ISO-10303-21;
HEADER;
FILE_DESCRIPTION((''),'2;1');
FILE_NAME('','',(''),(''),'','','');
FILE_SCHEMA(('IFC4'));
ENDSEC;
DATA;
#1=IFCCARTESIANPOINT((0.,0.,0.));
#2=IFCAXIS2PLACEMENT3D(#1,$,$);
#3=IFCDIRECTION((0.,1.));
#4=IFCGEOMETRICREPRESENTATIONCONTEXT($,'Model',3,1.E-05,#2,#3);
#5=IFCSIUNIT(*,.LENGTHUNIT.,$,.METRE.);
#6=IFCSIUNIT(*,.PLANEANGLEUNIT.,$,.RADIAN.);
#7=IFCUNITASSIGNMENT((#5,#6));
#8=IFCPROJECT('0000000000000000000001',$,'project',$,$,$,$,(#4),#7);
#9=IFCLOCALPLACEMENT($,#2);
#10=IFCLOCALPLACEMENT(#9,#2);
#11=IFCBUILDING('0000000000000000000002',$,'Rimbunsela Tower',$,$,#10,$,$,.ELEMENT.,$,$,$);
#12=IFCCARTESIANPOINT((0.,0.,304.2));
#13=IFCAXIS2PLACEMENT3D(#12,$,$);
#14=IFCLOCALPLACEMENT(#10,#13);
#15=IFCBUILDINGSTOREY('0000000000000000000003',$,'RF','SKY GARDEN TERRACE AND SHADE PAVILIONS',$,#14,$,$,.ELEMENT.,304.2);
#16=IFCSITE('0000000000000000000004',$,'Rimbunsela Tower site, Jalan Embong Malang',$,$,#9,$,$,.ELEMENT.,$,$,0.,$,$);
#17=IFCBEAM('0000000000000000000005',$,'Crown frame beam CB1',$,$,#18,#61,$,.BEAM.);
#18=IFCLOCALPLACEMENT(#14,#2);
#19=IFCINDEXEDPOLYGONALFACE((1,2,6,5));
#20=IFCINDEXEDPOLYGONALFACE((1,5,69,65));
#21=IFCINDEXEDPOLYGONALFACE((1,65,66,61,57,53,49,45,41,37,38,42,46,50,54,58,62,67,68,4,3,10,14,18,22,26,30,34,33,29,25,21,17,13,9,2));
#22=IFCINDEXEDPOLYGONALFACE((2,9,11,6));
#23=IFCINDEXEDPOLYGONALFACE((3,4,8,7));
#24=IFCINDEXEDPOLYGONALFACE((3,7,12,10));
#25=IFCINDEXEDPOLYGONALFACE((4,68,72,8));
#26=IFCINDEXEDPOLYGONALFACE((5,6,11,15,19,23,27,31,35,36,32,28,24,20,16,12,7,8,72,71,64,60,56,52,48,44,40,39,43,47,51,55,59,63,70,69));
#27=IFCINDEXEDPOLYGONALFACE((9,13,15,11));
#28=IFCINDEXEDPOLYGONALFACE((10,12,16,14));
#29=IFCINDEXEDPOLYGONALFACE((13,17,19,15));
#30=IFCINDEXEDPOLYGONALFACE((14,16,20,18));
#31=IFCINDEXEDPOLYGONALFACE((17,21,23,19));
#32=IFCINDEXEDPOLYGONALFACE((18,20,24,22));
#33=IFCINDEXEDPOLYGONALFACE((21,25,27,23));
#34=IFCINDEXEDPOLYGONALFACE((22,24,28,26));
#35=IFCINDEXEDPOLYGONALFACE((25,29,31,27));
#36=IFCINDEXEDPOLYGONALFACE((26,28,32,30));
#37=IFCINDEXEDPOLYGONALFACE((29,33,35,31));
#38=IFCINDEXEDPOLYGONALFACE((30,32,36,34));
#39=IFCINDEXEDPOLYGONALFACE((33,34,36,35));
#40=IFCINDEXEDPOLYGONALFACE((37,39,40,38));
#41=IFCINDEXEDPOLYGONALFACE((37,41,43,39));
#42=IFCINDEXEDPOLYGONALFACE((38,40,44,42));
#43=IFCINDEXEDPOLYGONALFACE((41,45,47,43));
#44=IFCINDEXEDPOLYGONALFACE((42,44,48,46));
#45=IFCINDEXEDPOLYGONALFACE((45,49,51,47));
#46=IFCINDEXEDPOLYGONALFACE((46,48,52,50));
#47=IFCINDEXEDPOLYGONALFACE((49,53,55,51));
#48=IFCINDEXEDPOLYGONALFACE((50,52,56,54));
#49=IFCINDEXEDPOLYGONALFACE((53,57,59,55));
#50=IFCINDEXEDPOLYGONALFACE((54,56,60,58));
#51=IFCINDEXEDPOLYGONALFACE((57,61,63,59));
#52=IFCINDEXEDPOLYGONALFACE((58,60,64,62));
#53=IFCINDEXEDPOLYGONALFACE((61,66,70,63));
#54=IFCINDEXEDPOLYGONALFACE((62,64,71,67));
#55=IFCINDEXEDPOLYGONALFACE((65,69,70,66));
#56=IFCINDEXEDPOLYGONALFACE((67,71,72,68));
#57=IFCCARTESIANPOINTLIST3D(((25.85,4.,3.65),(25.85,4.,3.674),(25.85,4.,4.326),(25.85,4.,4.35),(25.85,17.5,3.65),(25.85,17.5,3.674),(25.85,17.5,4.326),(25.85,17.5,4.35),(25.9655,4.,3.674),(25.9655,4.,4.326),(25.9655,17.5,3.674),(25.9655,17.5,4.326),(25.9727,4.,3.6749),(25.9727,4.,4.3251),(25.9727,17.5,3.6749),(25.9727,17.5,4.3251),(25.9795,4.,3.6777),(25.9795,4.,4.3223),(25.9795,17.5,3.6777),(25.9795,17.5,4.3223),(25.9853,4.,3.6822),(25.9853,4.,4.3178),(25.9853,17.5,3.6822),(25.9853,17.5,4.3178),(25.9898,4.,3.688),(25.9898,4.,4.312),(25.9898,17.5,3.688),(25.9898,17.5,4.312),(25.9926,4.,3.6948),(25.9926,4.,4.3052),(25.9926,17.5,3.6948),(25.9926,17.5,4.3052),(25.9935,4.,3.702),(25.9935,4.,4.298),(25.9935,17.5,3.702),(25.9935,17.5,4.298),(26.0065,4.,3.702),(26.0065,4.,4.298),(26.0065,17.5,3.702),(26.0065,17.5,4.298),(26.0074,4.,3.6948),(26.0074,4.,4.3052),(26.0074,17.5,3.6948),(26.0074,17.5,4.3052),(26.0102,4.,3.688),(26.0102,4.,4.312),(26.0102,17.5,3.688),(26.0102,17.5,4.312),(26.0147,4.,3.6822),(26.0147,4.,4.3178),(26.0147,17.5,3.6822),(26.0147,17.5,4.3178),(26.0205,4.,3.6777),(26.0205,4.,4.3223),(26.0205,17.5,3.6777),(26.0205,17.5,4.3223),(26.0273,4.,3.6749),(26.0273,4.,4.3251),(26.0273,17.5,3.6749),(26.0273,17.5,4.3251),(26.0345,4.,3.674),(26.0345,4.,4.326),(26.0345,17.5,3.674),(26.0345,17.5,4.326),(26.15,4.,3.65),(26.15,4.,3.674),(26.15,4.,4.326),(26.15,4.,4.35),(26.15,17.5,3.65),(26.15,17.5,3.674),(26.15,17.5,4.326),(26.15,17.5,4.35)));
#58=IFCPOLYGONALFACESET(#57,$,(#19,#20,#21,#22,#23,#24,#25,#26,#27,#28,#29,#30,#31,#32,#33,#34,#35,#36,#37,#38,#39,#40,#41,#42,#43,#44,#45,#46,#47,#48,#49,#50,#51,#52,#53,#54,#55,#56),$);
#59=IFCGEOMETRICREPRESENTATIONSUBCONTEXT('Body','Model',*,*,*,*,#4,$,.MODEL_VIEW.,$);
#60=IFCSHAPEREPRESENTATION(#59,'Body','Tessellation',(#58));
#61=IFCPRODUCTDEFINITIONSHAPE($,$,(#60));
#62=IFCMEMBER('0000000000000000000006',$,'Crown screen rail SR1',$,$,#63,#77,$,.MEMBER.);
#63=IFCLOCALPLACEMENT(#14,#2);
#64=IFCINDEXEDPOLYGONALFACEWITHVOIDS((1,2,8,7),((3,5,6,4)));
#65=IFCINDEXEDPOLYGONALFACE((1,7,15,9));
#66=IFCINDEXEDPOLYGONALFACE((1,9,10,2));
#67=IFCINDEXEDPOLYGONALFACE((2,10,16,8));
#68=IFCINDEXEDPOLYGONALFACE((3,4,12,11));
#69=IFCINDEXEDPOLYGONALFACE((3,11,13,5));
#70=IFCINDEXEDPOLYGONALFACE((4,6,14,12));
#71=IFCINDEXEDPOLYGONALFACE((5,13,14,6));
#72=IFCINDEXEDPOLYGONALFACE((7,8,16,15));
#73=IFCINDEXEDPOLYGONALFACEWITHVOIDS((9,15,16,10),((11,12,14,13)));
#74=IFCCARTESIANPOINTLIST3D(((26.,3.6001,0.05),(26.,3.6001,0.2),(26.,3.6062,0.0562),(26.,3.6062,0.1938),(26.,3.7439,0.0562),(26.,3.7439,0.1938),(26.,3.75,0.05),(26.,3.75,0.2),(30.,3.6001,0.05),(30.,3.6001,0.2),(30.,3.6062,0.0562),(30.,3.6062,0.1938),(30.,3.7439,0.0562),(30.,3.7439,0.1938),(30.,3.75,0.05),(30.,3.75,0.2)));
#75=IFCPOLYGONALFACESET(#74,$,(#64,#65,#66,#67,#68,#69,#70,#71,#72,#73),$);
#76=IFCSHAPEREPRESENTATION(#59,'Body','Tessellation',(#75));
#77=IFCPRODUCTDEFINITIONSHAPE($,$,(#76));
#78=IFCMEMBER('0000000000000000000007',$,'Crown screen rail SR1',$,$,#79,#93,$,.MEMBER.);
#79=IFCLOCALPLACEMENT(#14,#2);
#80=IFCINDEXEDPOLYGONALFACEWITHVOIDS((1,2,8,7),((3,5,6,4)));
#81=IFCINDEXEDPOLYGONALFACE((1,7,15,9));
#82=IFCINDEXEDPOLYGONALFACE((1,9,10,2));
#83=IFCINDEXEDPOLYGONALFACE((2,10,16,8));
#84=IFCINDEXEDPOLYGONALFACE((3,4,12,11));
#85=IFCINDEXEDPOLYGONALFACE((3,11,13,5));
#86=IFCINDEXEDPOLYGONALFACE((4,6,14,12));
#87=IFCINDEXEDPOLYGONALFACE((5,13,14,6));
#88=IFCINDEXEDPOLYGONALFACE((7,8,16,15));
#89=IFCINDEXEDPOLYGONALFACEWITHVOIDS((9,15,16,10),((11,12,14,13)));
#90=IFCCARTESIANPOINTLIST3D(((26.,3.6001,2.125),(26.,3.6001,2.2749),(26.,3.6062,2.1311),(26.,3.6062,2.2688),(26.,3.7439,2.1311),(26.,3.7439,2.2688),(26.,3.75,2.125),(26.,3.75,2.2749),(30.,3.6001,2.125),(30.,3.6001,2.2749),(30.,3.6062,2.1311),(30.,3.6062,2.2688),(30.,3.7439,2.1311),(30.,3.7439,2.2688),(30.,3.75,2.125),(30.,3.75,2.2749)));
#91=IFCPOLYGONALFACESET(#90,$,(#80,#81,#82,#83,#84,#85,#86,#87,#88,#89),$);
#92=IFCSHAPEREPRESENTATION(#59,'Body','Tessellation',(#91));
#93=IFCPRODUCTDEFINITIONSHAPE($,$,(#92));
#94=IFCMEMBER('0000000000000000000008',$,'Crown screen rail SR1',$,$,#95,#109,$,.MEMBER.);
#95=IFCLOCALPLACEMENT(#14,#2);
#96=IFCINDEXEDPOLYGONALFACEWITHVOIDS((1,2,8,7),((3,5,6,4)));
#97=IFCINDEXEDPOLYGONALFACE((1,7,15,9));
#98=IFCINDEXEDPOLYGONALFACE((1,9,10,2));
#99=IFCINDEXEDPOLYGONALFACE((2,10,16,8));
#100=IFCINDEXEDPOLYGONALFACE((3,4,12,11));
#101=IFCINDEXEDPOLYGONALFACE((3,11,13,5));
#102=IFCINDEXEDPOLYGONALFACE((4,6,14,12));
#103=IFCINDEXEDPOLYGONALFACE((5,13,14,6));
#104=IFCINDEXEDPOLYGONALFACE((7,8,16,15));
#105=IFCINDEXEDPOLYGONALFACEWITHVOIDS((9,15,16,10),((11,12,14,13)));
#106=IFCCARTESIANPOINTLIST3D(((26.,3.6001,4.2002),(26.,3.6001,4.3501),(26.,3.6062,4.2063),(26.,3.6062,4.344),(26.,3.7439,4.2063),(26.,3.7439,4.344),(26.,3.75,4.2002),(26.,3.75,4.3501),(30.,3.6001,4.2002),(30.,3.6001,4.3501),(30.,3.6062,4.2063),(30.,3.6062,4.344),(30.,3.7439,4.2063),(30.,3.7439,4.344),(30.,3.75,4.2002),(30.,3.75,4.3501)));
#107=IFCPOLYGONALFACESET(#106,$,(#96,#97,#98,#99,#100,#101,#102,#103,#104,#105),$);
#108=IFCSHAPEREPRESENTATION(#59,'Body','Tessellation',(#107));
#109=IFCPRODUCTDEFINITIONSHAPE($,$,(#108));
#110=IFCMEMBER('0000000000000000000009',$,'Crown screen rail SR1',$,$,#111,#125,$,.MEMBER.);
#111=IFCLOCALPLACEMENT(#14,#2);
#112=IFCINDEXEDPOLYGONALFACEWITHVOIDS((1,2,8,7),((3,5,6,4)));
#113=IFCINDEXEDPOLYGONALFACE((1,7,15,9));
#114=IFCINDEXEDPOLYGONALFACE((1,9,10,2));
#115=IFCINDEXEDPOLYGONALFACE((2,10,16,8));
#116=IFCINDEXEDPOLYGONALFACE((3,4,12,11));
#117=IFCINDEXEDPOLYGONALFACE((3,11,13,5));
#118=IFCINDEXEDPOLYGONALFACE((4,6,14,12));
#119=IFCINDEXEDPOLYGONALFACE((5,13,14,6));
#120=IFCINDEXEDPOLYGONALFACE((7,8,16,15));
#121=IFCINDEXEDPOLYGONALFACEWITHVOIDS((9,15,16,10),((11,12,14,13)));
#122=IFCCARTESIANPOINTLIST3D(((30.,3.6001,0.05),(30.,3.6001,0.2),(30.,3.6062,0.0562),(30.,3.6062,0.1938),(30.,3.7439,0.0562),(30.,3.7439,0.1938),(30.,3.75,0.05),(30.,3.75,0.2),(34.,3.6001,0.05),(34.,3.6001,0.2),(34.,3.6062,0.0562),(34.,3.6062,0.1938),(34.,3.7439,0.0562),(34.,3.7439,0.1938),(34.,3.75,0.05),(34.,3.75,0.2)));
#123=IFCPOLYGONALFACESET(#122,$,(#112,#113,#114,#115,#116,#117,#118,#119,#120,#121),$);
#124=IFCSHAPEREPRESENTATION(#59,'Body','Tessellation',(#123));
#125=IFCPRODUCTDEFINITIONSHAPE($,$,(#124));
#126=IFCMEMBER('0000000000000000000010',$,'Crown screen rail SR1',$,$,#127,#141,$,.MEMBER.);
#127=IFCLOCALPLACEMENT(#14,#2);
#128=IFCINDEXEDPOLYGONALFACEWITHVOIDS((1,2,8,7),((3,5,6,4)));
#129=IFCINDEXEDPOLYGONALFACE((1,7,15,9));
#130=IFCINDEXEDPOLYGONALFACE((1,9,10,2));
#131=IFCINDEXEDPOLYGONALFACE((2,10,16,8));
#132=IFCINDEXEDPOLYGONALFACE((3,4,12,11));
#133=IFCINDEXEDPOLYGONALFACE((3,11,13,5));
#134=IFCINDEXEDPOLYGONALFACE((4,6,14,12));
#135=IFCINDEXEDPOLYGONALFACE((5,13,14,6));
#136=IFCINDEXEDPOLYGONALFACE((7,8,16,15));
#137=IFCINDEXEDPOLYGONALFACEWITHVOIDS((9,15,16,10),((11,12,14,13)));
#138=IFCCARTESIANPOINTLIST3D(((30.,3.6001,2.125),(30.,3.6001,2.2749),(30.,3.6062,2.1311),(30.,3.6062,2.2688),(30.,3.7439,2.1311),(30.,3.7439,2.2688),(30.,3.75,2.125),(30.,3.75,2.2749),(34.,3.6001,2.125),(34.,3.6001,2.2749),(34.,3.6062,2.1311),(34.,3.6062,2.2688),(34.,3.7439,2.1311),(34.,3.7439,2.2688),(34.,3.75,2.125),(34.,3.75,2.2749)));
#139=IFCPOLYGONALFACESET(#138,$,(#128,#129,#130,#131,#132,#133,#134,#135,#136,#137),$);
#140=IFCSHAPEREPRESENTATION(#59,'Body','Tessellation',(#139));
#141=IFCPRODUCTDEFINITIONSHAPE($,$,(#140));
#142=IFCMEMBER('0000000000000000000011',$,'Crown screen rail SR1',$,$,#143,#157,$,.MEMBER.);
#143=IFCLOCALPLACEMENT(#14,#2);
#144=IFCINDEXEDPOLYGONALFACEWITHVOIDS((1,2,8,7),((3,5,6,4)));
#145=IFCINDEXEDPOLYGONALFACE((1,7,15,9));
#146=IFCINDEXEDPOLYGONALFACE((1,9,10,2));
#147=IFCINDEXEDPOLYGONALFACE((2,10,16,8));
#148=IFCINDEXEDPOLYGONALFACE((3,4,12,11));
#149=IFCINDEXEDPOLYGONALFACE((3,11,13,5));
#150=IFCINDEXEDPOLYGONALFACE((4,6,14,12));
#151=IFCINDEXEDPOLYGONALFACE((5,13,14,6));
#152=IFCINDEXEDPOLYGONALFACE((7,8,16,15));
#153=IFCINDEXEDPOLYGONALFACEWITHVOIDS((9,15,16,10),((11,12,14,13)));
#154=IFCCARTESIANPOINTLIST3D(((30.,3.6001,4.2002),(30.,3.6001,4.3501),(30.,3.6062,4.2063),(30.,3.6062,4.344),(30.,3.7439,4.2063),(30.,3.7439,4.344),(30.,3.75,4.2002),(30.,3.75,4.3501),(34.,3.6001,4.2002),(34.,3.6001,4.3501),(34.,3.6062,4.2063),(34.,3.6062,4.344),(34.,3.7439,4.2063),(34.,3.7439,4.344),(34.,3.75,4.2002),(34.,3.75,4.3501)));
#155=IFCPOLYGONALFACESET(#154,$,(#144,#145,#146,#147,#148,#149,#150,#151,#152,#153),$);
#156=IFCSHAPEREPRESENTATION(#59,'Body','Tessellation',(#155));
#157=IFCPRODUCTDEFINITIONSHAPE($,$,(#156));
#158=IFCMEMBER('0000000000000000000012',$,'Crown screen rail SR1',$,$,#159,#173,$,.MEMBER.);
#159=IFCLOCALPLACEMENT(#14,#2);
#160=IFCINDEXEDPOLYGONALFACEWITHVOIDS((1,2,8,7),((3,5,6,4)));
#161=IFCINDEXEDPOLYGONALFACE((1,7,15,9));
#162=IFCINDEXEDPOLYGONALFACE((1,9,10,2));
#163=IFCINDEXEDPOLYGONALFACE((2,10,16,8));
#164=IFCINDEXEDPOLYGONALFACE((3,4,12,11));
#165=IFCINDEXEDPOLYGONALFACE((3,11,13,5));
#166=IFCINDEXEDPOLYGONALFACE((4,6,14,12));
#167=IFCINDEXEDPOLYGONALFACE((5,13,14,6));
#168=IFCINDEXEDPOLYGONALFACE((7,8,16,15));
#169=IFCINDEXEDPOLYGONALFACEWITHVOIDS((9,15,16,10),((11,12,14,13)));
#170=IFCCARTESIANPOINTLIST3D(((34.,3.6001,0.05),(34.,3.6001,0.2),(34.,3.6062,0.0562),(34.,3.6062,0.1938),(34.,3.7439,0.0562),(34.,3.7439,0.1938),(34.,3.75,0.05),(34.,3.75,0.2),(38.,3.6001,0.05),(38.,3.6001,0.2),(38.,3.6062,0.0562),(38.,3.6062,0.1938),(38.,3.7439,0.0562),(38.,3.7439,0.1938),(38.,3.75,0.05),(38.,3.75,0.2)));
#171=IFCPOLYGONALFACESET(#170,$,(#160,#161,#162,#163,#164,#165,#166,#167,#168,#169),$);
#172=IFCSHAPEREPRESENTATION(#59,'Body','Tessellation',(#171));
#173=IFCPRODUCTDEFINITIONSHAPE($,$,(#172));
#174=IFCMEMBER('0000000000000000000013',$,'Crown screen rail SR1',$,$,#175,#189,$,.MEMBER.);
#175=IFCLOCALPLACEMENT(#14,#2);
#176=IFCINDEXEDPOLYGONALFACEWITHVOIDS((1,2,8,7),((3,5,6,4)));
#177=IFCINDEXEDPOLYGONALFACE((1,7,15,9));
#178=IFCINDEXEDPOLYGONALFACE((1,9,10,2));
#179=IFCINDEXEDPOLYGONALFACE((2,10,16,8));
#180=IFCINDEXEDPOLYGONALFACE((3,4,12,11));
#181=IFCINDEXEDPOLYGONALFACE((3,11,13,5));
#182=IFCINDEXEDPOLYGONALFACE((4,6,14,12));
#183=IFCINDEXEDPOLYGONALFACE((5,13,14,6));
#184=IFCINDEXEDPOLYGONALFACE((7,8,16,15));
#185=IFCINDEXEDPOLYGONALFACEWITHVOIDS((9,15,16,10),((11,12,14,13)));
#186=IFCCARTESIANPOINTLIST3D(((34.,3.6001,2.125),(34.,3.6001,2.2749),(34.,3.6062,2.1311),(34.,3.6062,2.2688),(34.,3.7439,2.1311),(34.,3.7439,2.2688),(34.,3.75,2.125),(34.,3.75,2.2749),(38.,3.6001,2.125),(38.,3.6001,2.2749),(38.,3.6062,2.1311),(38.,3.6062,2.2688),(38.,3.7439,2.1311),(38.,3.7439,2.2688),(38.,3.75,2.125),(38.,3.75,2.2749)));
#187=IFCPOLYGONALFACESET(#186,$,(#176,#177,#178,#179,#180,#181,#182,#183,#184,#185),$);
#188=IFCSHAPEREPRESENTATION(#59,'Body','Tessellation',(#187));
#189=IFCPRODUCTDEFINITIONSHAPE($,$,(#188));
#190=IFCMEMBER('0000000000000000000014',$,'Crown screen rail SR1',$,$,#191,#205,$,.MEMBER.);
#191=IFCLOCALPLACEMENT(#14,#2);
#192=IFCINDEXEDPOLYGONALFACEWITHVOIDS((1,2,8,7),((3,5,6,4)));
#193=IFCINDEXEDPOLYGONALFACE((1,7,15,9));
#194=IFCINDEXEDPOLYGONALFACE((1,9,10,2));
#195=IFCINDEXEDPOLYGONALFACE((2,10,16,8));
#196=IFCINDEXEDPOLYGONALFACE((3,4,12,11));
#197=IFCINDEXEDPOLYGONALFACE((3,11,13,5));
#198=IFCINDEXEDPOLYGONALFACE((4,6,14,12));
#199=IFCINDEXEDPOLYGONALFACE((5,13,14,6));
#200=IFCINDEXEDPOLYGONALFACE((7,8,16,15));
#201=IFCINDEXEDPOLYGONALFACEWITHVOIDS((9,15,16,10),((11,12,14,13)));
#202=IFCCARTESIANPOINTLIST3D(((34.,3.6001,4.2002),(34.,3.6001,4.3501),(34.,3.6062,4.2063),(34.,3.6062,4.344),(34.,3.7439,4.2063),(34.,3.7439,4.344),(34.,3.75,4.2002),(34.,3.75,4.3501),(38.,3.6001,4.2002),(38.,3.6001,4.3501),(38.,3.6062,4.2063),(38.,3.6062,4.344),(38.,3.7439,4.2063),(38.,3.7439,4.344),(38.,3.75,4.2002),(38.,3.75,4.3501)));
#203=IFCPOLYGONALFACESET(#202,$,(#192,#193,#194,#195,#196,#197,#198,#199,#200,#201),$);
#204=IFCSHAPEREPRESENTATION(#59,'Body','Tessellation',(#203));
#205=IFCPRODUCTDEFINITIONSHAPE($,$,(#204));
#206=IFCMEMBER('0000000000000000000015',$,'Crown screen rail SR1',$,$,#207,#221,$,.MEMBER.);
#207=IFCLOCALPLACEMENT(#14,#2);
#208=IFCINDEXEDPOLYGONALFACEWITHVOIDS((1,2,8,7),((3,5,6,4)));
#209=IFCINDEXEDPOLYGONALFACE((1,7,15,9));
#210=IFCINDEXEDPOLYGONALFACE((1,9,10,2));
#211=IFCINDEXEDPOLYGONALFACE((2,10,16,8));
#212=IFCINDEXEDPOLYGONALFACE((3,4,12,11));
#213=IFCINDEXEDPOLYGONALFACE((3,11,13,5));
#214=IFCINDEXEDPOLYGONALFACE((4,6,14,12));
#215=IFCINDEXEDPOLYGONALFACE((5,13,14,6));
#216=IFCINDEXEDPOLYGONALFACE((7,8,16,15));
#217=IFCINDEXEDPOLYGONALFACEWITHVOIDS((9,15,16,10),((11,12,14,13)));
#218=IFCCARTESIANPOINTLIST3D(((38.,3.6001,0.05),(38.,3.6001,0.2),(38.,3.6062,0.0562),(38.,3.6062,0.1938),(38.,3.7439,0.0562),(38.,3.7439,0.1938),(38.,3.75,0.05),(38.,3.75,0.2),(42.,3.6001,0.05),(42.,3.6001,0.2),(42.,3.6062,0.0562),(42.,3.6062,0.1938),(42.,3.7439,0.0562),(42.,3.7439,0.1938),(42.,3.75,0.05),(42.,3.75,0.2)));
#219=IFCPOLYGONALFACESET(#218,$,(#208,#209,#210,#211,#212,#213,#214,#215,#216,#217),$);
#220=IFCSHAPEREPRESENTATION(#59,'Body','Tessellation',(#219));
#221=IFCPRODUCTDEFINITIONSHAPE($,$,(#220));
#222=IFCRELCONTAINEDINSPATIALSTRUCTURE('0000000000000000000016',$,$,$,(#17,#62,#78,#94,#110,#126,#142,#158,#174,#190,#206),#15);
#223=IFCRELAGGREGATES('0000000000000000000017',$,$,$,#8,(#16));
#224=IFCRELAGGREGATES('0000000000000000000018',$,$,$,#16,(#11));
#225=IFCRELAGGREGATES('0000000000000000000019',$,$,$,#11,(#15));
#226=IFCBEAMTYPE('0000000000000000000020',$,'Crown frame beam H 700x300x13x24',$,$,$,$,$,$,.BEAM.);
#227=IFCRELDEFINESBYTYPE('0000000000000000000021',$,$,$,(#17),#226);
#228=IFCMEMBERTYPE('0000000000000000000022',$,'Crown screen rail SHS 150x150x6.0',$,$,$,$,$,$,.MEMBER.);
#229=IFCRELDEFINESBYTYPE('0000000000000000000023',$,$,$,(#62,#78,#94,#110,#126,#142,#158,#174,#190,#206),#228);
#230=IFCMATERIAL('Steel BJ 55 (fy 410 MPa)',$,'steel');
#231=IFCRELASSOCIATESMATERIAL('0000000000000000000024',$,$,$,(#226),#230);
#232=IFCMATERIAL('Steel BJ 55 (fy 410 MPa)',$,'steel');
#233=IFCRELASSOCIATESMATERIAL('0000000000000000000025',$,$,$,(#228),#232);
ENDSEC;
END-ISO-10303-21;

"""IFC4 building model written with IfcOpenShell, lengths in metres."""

from ifc_helpers import new_model, si_unit, direction, frame, origin, origin_2d, place, context, subcontext, project, spatial, hollow_rectangle, i_section, extrude, material, material_profile, profile_set, type_object, element, save


model = new_model("IFC4")

# Units and contexts
model_context = context("Model", 3, precision=1e-05, world=origin(), true_north=direction((0.0, 1.0)))
body_context = subcontext(model_context, "Body", "Model", "MODEL_VIEW")
ifc_project = project(units=[si_unit("LENGTHUNIT", "METRE"), si_unit("PLANEANGLEUNIT", "RADIAN")], contexts=[model_context])

# Site, building, storey
site_placement = place(None, origin())
site = spatial("IfcSite", under=ifc_project, at=site_placement, Name="Rimbunsela Tower site, Jalan Embong Malang", CompositionType="ELEMENT", RefElevation=0.0)
building_placement = place(site_placement, origin())
building = spatial("IfcBuilding", under=site, at=building_placement, Name="Rimbunsela Tower", CompositionType="ELEMENT")
storey_placement = place(building_placement, frame((0.0, 0.0, 304.2)))
storey = spatial("IfcBuildingStorey", under=building, at=storey_placement, Name="RF", Description="SKY GARDEN TERRACE AND SHADE PAVILIONS", CompositionType="ELEMENT", Elevation=304.2)

# Beam
ifc_material_1 = material(Name="Steel BJ 55 (fy 410 MPa)", Category="steel")
ifc_material_profile_1 = material_profile(ifc_material_1, i_section(OverallWidth=0.3, OverallDepth=0.7, WebThickness=0.0129, FlangeThickness=0.0239, FilletRadius=0.0281, at=origin_2d()), Name="H 700x300x13x24")
ifc_profile_set_1 = profile_set([ifc_material_profile_1], Name="Steel BJ 55 (fy 410 MPa)")
beam_type_1 = type_object("IfcBeamType", Name="Crown frame beam H 700x300x13x24", PredefinedType="BEAM", material=ifc_profile_set_1)
beam_1_placement = place(storey_placement, frame((26.0, 4.0, 4.0), z_axis=(0.0, 1.0, 0.0), x_axis=(-1.0, 0.0, 0.0)))
element("IfcBeam", 1, at=beam_1_placement, inside=storey, type_object=beam_type_1, Name="Crown frame beam CB1", PredefinedType="BEAM", context=body_context, shape_type="SweptSolid", body=[
    extrude(i_section(OverallWidth=0.3, OverallDepth=0.7, WebThickness=0.0129, FlangeThickness=0.0239, FilletRadius=0.0281, at=origin_2d()), origin(), (0.0, 0.0, 1.0), 13.5),
])

# Members
ifc_material_2 = material(Name="Steel BJ 55 (fy 410 MPa)", Category="steel")
ifc_material_profile_2 = material_profile(ifc_material_2, hollow_rectangle(XDim=0.1499, YDim=0.1499, WallThickness=0.0061, at=origin_2d()), Name="SHS 150x150x6.0")
ifc_profile_set_2 = profile_set([ifc_material_profile_2], Name="Steel BJ 55 (fy 410 MPa)")
member_type = type_object("IfcMemberType", Name="Crown screen rail SHS 150x150x6.0", PredefinedType="MEMBER", material=ifc_profile_set_2)
for number, where, z_axis, x_axis, name in (
    (2, (26.0, 3.675, 0.125), (1.0, 0.0, 0.0), (0.0, 1.0, 0.0), "Crown screen rail SR1"),
    (3, (26.0, 3.675, 2.2), (1.0, 0.0, 0.0), (0.0, 1.0, 0.0), "Crown screen rail SR1"),
    (4, (26.0, 3.675, 4.2751), (1.0, 0.0, 0.0), (0.0, 1.0, 0.0), "Crown screen rail SR1"),
    (5, (30.0, 3.675, 0.125), (1.0, 0.0, 0.0), (0.0, 1.0, 0.0), "Crown screen rail SR1"),
    (6, (30.0, 3.675, 2.2), (1.0, 0.0, 0.0), (0.0, 1.0, 0.0), "Crown screen rail SR1"),
    (7, (30.0, 3.675, 4.2751), (1.0, 0.0, 0.0), (0.0, 1.0, 0.0), "Crown screen rail SR1"),
    (8, (34.0, 3.675, 0.125), (1.0, 0.0, 0.0), (0.0, 1.0, 0.0), "Crown screen rail SR1"),
    (9, (34.0, 3.675, 2.2), (1.0, 0.0, 0.0), (0.0, 1.0, 0.0), "Crown screen rail SR1"),
    (10, (34.0, 3.675, 4.2751), (1.0, 0.0, 0.0), (0.0, 1.0, 0.0), "Crown screen rail SR1"),
    (11, (38.0, 3.675, 0.125), (1.0, 0.0, 0.0), (0.0, 1.0, 0.0), "Crown screen rail SR1"),
):
    element("IfcMember", number, at=place(storey_placement, frame(where, z_axis=z_axis, x_axis=x_axis)), inside=storey, type_object=member_type, Name=name, PredefinedType="MEMBER", context=body_context, shape_type="SweptSolid", body=[
        extrude(hollow_rectangle(XDim=0.1499, YDim=0.1499, WallThickness=0.0061, at=origin_2d()), origin(), (0.0, 0.0, 1.0), 4.0),
    ])

save(model, "model.ifc")
